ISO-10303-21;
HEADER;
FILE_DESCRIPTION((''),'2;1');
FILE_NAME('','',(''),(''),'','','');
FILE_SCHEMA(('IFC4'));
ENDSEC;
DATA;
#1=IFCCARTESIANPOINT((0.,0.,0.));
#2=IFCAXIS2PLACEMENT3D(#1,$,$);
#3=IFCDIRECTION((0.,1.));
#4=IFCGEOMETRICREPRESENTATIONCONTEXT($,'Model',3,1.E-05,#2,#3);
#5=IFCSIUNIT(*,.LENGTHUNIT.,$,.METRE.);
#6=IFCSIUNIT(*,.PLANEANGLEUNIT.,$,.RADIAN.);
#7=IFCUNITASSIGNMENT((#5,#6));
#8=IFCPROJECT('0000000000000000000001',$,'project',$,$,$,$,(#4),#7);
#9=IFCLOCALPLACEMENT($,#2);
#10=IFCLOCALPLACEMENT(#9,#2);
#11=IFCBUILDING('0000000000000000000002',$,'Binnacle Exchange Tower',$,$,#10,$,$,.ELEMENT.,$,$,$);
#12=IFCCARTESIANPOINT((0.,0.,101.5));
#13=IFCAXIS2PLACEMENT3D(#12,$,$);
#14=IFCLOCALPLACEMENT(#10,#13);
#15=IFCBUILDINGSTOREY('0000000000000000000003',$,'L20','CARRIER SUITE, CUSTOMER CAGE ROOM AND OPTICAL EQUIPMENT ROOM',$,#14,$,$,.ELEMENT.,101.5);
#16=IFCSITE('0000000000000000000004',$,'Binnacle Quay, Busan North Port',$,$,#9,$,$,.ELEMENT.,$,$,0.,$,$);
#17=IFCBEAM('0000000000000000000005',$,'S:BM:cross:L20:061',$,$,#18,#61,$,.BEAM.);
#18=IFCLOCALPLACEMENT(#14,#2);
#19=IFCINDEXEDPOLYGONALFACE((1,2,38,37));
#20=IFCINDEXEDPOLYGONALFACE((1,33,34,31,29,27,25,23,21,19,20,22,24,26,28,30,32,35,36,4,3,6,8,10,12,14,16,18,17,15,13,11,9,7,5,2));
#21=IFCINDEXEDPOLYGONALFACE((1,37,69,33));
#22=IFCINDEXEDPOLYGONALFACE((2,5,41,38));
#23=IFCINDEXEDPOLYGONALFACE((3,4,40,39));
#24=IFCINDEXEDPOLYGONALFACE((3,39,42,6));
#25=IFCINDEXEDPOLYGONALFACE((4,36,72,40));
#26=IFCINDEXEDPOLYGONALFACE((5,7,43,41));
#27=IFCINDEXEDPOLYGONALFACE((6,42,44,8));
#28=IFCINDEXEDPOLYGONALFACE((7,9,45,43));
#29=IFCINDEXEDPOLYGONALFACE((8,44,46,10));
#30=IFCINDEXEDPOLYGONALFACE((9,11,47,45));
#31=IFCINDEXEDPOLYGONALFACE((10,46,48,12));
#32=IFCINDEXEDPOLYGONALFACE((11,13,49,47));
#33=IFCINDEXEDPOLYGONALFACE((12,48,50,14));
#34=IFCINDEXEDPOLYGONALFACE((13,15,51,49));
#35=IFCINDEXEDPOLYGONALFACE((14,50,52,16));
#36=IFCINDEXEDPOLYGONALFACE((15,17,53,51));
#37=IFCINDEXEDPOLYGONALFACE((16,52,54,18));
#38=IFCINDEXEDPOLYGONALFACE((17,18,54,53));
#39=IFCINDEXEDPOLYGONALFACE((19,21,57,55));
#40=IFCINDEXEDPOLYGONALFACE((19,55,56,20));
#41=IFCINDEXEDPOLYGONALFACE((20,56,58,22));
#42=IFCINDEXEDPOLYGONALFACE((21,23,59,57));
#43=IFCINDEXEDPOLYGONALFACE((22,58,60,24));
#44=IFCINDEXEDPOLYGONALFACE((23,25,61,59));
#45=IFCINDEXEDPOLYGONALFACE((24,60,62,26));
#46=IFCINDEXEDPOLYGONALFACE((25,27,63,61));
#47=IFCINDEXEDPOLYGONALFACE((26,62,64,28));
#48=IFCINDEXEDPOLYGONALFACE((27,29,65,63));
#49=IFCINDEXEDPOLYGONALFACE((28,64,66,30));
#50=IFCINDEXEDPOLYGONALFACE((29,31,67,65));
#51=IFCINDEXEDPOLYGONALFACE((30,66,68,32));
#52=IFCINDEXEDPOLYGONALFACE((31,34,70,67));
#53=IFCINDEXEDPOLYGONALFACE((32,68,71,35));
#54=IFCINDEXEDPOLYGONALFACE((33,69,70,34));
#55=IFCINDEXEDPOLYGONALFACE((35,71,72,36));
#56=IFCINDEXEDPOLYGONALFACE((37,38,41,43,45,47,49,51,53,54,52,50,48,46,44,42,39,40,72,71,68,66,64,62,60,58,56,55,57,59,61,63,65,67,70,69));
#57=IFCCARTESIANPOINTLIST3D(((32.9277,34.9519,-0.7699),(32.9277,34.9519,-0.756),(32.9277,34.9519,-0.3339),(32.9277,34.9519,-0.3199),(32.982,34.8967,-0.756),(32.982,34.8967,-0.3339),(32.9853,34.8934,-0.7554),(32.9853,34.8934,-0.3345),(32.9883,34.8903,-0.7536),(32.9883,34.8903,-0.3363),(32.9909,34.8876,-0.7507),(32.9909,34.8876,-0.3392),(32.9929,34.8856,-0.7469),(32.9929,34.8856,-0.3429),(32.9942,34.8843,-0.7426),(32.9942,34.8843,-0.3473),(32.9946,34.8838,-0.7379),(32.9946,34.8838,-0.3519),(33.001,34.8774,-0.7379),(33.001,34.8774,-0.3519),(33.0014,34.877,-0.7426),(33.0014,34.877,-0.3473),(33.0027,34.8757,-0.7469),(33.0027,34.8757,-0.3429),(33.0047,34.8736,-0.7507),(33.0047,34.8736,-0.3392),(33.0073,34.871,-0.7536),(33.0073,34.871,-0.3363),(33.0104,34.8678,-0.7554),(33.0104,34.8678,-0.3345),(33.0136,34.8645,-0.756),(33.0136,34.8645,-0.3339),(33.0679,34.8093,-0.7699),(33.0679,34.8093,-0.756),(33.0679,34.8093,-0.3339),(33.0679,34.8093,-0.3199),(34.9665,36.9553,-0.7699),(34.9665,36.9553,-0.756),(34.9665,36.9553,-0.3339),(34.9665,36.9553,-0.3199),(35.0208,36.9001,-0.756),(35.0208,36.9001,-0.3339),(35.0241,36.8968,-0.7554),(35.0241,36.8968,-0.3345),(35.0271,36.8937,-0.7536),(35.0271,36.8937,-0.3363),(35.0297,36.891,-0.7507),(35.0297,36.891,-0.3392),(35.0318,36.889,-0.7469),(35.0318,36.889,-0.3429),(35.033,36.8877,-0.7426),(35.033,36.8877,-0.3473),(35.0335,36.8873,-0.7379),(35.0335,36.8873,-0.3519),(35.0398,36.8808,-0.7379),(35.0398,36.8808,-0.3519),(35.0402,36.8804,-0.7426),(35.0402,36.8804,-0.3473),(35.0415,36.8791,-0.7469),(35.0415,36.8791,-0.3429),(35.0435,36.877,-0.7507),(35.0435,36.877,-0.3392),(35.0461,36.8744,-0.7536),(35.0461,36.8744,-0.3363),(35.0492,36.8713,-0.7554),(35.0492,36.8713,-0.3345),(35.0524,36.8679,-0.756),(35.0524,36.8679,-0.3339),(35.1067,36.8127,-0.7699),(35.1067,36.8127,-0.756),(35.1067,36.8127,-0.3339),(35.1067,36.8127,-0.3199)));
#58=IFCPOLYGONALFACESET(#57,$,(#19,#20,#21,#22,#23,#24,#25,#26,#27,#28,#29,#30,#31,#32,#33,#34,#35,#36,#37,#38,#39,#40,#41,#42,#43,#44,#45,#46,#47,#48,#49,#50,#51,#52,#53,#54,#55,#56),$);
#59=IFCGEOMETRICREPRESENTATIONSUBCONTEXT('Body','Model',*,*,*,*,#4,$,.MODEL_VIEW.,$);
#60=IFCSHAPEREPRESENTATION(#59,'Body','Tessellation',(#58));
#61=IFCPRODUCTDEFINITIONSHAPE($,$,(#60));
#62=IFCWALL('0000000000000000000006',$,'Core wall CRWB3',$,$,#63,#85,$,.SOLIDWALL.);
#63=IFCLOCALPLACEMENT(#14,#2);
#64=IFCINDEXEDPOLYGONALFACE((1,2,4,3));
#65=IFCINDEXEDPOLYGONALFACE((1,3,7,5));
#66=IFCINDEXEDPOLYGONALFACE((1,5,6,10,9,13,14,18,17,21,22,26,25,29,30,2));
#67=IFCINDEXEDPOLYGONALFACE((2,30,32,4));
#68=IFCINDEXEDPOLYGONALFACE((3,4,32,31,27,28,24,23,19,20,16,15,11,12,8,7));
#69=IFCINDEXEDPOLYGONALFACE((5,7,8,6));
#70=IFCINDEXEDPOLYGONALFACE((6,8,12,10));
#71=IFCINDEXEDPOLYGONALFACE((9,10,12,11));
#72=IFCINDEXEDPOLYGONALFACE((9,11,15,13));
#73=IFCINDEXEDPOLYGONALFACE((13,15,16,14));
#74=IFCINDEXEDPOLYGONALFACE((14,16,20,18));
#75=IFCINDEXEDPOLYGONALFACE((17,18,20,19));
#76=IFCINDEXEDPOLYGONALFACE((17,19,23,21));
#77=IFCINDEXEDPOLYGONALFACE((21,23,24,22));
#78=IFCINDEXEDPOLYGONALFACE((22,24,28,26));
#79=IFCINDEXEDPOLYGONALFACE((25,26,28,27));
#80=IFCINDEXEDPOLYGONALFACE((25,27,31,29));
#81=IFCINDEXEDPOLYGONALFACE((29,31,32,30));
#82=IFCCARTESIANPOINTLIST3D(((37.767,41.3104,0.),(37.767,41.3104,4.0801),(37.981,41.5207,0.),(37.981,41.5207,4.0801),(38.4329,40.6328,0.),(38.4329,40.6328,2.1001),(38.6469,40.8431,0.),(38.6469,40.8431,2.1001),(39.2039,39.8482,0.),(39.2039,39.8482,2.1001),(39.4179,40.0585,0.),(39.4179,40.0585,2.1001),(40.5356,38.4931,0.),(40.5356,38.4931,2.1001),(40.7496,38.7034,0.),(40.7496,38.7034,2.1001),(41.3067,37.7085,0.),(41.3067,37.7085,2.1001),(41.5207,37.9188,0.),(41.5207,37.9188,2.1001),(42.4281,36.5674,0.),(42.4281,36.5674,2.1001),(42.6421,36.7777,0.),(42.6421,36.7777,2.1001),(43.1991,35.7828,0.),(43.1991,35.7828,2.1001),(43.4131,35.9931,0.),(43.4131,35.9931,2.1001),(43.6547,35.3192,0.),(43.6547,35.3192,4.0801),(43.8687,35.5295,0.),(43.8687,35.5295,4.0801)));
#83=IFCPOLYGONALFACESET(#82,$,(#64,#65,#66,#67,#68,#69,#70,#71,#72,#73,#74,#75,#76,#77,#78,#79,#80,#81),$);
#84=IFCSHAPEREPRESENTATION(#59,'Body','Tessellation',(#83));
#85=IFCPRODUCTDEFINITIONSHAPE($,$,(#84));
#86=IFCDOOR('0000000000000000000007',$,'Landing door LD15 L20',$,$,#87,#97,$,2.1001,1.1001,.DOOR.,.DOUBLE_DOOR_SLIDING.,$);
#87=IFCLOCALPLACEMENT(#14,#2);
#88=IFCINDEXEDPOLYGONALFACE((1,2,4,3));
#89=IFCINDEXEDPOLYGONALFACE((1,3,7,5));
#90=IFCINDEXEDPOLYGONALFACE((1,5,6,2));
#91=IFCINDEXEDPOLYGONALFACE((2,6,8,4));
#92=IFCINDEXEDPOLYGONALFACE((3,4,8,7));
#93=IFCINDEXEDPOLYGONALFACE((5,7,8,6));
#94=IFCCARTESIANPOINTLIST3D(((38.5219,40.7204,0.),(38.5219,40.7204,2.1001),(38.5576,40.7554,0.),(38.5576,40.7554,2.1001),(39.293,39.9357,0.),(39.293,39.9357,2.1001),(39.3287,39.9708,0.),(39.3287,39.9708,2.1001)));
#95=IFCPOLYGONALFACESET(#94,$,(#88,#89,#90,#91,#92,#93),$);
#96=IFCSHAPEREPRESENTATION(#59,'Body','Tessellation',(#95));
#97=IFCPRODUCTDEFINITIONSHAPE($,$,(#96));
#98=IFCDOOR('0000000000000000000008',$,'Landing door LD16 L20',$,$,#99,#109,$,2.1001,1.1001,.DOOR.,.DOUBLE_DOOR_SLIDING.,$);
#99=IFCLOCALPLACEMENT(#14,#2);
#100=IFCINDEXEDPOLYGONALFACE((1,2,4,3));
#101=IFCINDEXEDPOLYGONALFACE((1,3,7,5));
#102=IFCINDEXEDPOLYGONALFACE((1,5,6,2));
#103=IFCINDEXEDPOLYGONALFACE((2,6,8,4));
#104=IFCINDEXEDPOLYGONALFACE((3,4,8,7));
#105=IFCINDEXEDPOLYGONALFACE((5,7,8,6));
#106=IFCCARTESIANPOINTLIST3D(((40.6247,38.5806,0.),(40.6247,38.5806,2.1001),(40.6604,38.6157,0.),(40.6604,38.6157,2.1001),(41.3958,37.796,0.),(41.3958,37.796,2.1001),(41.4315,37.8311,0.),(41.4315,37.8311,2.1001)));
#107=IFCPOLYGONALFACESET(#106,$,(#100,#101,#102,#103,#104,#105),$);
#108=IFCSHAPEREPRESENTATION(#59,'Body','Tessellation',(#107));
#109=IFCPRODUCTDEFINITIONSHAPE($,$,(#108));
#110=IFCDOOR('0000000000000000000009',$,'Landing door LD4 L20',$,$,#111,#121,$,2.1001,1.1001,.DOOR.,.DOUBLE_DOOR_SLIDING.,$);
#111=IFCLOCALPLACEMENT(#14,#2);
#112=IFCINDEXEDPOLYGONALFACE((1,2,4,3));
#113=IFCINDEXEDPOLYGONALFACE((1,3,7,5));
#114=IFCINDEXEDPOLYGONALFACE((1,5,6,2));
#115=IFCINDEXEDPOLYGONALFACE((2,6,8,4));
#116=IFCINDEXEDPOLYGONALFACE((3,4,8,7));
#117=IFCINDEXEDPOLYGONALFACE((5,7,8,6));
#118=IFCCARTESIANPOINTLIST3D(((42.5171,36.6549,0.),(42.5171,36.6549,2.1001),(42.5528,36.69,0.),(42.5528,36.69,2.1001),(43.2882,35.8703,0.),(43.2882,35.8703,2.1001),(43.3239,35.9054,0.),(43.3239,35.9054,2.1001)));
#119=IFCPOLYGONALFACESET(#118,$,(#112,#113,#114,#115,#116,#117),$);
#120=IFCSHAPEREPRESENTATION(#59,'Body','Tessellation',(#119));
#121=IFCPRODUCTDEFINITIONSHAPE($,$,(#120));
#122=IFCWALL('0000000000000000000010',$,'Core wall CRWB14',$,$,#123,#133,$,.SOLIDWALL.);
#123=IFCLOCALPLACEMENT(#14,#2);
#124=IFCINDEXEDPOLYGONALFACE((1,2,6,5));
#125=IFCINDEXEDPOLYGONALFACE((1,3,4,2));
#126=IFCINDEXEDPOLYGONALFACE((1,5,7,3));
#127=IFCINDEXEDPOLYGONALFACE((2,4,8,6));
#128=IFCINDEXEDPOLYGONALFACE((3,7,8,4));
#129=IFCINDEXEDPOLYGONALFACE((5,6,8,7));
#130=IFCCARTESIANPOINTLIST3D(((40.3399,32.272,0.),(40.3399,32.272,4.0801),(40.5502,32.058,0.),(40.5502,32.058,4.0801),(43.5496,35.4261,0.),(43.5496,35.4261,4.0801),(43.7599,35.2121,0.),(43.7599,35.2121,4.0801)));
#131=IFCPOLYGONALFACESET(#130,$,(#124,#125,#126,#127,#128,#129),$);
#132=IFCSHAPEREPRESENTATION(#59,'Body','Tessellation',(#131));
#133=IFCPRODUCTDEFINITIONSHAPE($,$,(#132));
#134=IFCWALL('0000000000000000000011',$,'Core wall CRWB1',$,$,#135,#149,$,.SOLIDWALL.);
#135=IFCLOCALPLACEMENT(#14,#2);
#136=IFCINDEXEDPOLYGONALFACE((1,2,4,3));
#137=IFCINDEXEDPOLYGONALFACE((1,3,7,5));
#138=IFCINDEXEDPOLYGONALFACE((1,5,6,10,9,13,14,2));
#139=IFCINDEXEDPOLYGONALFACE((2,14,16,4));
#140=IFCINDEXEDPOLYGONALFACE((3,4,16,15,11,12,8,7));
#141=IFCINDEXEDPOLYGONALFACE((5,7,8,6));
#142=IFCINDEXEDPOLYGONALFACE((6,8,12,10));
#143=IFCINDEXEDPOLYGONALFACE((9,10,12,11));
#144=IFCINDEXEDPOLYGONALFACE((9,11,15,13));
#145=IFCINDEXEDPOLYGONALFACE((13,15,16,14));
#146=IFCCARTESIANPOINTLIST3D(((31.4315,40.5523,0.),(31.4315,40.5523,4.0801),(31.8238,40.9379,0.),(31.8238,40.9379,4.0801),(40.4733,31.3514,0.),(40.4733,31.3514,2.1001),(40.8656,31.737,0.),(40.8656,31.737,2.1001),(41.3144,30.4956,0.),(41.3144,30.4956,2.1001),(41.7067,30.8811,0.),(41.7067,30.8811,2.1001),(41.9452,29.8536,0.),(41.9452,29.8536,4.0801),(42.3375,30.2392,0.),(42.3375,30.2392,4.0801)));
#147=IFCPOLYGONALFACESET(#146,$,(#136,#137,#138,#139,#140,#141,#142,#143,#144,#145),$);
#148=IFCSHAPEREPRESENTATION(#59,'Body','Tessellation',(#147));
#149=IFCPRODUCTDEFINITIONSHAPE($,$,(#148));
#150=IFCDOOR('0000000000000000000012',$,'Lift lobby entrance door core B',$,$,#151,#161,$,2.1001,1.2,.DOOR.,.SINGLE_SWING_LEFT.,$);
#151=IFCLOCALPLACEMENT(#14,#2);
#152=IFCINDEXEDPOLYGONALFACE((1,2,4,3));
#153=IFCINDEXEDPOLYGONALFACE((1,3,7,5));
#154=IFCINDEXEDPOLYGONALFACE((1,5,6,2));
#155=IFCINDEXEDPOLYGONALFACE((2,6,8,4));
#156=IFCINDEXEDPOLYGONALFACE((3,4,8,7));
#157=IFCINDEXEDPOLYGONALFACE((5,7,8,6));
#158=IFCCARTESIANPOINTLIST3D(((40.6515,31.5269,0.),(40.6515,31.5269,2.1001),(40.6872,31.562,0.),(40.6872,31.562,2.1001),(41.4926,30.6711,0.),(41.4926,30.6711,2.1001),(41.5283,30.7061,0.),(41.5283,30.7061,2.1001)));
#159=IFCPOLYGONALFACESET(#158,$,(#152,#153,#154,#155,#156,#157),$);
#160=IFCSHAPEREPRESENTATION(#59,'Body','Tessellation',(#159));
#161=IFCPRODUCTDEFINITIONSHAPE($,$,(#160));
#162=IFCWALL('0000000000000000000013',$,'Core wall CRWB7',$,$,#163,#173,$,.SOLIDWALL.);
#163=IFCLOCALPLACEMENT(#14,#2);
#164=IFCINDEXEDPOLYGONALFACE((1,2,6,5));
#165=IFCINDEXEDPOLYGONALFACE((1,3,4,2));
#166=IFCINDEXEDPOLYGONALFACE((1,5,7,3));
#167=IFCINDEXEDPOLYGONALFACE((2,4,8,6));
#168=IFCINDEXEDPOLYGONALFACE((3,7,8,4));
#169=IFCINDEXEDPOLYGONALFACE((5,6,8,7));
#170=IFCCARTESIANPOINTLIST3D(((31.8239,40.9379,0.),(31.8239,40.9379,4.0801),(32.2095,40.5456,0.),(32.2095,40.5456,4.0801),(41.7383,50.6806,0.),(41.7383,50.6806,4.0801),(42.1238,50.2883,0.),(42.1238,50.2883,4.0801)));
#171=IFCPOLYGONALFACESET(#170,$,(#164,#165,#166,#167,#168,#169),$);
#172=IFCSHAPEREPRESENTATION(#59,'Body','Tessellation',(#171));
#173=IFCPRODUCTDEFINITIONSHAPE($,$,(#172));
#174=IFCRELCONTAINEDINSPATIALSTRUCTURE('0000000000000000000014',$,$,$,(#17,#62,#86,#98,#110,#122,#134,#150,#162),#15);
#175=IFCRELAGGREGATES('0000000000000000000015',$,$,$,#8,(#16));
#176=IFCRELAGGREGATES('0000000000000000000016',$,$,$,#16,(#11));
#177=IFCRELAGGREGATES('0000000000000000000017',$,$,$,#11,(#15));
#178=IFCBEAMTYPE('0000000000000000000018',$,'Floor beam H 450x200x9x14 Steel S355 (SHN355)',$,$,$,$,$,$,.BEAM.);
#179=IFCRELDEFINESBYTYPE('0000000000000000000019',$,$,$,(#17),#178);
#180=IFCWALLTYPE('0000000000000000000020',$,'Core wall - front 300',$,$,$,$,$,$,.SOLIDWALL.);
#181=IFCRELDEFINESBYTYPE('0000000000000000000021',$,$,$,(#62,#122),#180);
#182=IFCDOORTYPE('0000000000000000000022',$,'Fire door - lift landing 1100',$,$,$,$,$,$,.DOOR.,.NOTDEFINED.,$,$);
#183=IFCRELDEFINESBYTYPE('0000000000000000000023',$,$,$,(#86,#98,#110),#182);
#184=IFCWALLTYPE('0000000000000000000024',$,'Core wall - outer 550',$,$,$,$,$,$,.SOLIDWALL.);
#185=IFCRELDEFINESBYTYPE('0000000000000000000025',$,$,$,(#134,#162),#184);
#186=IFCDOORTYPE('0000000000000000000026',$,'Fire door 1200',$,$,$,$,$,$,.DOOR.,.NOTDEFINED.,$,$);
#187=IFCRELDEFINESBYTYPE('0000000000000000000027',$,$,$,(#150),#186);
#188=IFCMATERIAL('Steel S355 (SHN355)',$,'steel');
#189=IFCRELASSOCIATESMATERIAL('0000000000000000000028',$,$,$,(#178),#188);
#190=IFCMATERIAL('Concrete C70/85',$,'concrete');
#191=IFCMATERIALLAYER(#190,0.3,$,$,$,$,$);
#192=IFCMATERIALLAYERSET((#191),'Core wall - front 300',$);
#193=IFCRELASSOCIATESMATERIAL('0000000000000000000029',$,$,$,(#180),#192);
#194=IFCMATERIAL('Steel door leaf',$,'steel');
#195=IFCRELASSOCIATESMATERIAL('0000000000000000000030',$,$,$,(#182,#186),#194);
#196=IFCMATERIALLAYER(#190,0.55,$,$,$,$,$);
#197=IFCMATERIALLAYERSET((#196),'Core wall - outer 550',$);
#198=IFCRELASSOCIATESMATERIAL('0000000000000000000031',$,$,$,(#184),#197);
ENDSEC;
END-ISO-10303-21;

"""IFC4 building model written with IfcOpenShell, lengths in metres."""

from ifc_helpers import new_model, si_unit, direction, frame, frame_2d, origin, origin_2d, place, context, subcontext, project, spatial, rectangle, i_section, extrude, material, layer, layer_set, material_profile, profile_set, type_object, element, fill, save


model = new_model("IFC4")

# Units and contexts
model_context = context("Model", 3, precision=1e-05, world=origin(), true_north=direction((0.0, 1.0)))
body_context = subcontext(model_context, "Body", "Model", "MODEL_VIEW")
ifc_project = project(units=[si_unit("LENGTHUNIT", "METRE"), si_unit("PLANEANGLEUNIT", "RADIAN")], contexts=[model_context])

# Site, building, storey
site_placement = place(None, origin())
site = spatial("IfcSite", under=ifc_project, at=site_placement, Name="Binnacle Quay, Busan North Port", CompositionType="ELEMENT", RefElevation=0.0)
building_placement = place(site_placement, origin())
building = spatial("IfcBuilding", under=site, at=building_placement, Name="Binnacle Exchange Tower", CompositionType="ELEMENT")
storey_placement = place(building_placement, frame((0.0, 0.0, 101.5)))
storey = spatial("IfcBuildingStorey", under=building, at=storey_placement, Name="L20", Description="CARRIER SUITE, CUSTOMER CAGE ROOM AND OPTICAL EQUIPMENT ROOM", CompositionType="ELEMENT", Elevation=101.5)

# Shared definitions
ifc_material_1 = material(Name="Concrete C70/85", Category="concrete")

# Beam
ifc_material_2 = material(Name="Steel S355 (SHN355)", Category="steel")
ifc_material_profile_1 = material_profile(ifc_material_2, i_section(OverallWidth=0.2, OverallDepth=0.45, WebThickness=0.009, FlangeThickness=0.0139, FilletRadius=0.0181, at=origin_2d()), Name="H 450x200x9x14")
ifc_profile_set_1 = profile_set([ifc_material_profile_1], Name="Steel S355 (SHN355)")
beam_type_1 = type_object("IfcBeamType", Name="Floor beam H 450x200x9x14 Steel S355 (SHN355)", PredefinedType="BEAM", material=ifc_profile_set_1)
beam_1_placement = place(storey_placement, frame((32.9978, 34.8806, -0.5449), z_axis=(0.713272, 0.700887, 0.0), x_axis=(-0.700887, 0.713272, 0.0)))
element("IfcBeam", 1, at=beam_1_placement, inside=storey, type_object=beam_type_1, Name="S:BM:cross:L20:061", PredefinedType="BEAM", context=body_context, shape_type="SweptSolid", body=[
    extrude(i_section(OverallWidth=0.2, OverallDepth=0.45, WebThickness=0.009, FlangeThickness=0.0139, FilletRadius=0.0181, at=origin_2d()), origin(), (0.0, 0.0, 1.0), 2.8584),
])

# Wall, openings, doors
ifc_layer_1 = layer(ifc_material_1, 0.3)
ifc_layer_set_1 = layer_set([ifc_layer_1], Name="Core wall - front 300")
wall_type_1 = type_object("IfcWallType", Name="Core wall - front 300", PredefinedType="SOLIDWALL", material=ifc_layer_set_1)
wall_1_placement = place(storey_placement, frame((37.874, 41.4155, 0.0), z_axis=(0.0, 0.0, 1.0), x_axis=(0.700918, -0.713242, 0.0)))
wall_1 = element("IfcWall", 2, at=wall_1_placement, inside=storey, type_object=wall_type_1, Name="Core wall CRWB3", PredefinedType="SOLIDWALL", context=body_context, shape_type="SweptSolid", body=[
    extrude(rectangle(XDim=8.3999, YDim=0.3, at=frame_2d((4.2, 0.0))), origin(), (0.0, 0.0, 1.0), 4.0801),
])
opening_1_placement = place(wall_1_placement, frame((0.95, 0.0, 0.0)))
opening_1 = element("IfcOpeningElement", 3, at=opening_1_placement, cuts=wall_1, PredefinedType="OPENING", context=body_context, shape_type="SweptSolid", body=[
    extrude(rectangle(XDim=1.1001, YDim=2.1001, at=frame_2d((0.55, 1.05))), frame((0.0, 0.1599, 0.0), z_axis=(0.0, -1.0, 0.0), x_axis=(1.0, 0.0, 0.0)), (0.0, 0.0, 1.0), 0.3201),
])
opening_2_placement = place(wall_1_placement, frame((3.95, 0.0, 0.0)))
opening_2 = element("IfcOpeningElement", 4, at=opening_2_placement, cuts=wall_1, PredefinedType="OPENING", context=body_context, shape_type="SweptSolid", body=[
    extrude(rectangle(XDim=1.1001, YDim=2.1001, at=frame_2d((0.55, 1.05))), frame((0.0, 0.1599, 0.0), z_axis=(0.0, -1.0, 0.0), x_axis=(1.0, 0.0, 0.0)), (0.0, 0.0, 1.0), 0.3201),
])
opening_3_placement = place(wall_1_placement, frame((6.6499, 0.0, 0.0)))
opening_3 = element("IfcOpeningElement", 5, at=opening_3_placement, cuts=wall_1, PredefinedType="OPENING", context=body_context, shape_type="SweptSolid", body=[
    extrude(rectangle(XDim=1.1001, YDim=2.1001, at=frame_2d((0.55, 1.05))), frame((0.0, 0.1599, 0.0), z_axis=(0.0, -1.0, 0.0), x_axis=(1.0, 0.0, 0.0)), (0.0, 0.0, 1.0), 0.3201),
])
ifc_material_3 = material(Name="Steel door leaf", Category="steel")
door_type_1 = type_object("IfcDoorType", Name="Fire door - lift landing 1100", OperationType="NOTDEFINED", PredefinedType="DOOR", material=ifc_material_3)
door_1_placement = place(opening_1_placement, origin())
door_1 = element("IfcDoor", 6, at=door_1_placement, inside=storey, type_object=door_type_1, Name="Landing door LD15 L20", OperationType="DOUBLE_DOOR_SLIDING", OverallHeight=2.1001, OverallWidth=1.1001, PredefinedType="DOOR", context=body_context, shape_type="SweptSolid", body=[
    extrude(rectangle(XDim=1.1001, YDim=2.1001, at=frame_2d((0.55, 1.05))), frame((0.0, 0.0249, 0.0), z_axis=(0.0, -1.0, 0.0), x_axis=(1.0, 0.0, 0.0)), (0.0, 0.0, 1.0), 0.05),
])
fill(opening_1, door_1)
door_2_placement = place(opening_2_placement, origin())
door_2 = element("IfcDoor", 7, at=door_2_placement, inside=storey, type_object=door_type_1, Name="Landing door LD16 L20", OperationType="DOUBLE_DOOR_SLIDING", OverallHeight=2.1001, OverallWidth=1.1001, PredefinedType="DOOR", context=body_context, shape_type="SweptSolid", body=[
    extrude(rectangle(XDim=1.1001, YDim=2.1001, at=frame_2d((0.55, 1.05))), frame((0.0, 0.0249, 0.0), z_axis=(0.0, -1.0, 0.0), x_axis=(1.0, 0.0, 0.0)), (0.0, 0.0, 1.0), 0.05),
])
fill(opening_2, door_2)
door_3_placement = place(opening_3_placement, origin())
door_3 = element("IfcDoor", 8, at=door_3_placement, inside=storey, type_object=door_type_1, Name="Landing door LD4 L20", OperationType="DOUBLE_DOOR_SLIDING", OverallHeight=2.1001, OverallWidth=1.1001, PredefinedType="DOOR", context=body_context, shape_type="SweptSolid", body=[
    extrude(rectangle(XDim=1.1001, YDim=2.1001, at=frame_2d((0.55, 1.05))), frame((0.0, 0.0249, 0.0), z_axis=(0.0, -1.0, 0.0), x_axis=(1.0, 0.0, 0.0)), (0.0, 0.0, 1.0), 0.05),
])
fill(opening_3, door_3)

# Wall
wall_2_placement = place(storey_placement, frame((40.4451, 32.165, 0.0), z_axis=(0.0, 0.0, 1.0), x_axis=(0.713265, 0.700895, 0.0)))
element("IfcWall", 9, at=wall_2_placement, inside=storey, type_object=wall_type_1, Name="Core wall CRWB14", PredefinedType="SOLIDWALL", context=body_context, shape_type="SweptSolid", body=[
    extrude(rectangle(XDim=4.5, YDim=0.3, at=frame_2d((2.25, 0.0))), origin(), (0.0, 0.0, 1.0), 4.0801),
])

# Wall, opening, door
ifc_layer_2 = layer(ifc_material_1, 0.55)
ifc_layer_set_2 = layer_set([ifc_layer_2], Name="Core wall - outer 550")
wall_type_2 = type_object("IfcWallType", Name="Core wall - outer 550", PredefinedType="SOLIDWALL", material=ifc_layer_set_2)
wall_3_placement = place(storey_placement, frame((31.6277, 40.7451, 0.0), z_axis=(0.0, 0.0, 1.0), x_axis=(0.700911, -0.713248, 0.0)))
wall_3 = element("IfcWall", 10, at=wall_3_placement, inside=storey, type_object=wall_type_2, Name="Core wall CRWB1", PredefinedType="SOLIDWALL", context=body_context, shape_type="SweptSolid", body=[
    extrude(rectangle(XDim=15.0, YDim=0.55, at=frame_2d((7.5, 0.0))), origin(), (0.0, 0.0, 1.0), 4.0801),
])
opening_4_placement = place(wall_3_placement, frame((12.8999, 0.0, 0.0)))
opening_4 = element("IfcOpeningElement", 11, at=opening_4_placement, cuts=wall_3, PredefinedType="OPENING", context=body_context, shape_type="SweptSolid", body=[
    extrude(rectangle(XDim=1.2, YDim=2.1001, at=frame_2d((0.6001, 1.05))), frame((0.0, 0.2849, 0.0), z_axis=(0.0, -1.0, 0.0), x_axis=(1.0, 0.0, 0.0)), (0.0, 0.0, 1.0), 0.5701),
])
door_type_2 = type_object("IfcDoorType", Name="Fire door 1200", OperationType="NOTDEFINED", PredefinedType="DOOR", material=ifc_material_3)
door_4_placement = place(opening_4_placement, frame((1.2, 0.0, 0.0), z_axis=(0.0, 0.0, 1.0), x_axis=(-1.0, 0.0, 0.0)))
door_4 = element("IfcDoor", 12, at=door_4_placement, inside=storey, type_object=door_type_2, Name="Lift lobby entrance door core B", OperationType="SINGLE_SWING_LEFT", OverallHeight=2.1001, OverallWidth=1.2, PredefinedType="DOOR", context=body_context, shape_type="SweptSolid", body=[
    extrude(rectangle(XDim=1.2, YDim=2.1001, at=frame_2d((0.6001, 1.05))), frame((0.0, 0.0249, 0.0), z_axis=(0.0, -1.0, 0.0), x_axis=(1.0, 0.0, 0.0)), (0.0, 0.0, 1.0), 0.05),
])
fill(opening_4, door_4)

# Wall
wall_4_placement = place(storey_placement, frame((32.0166, 40.7417, 0.0), z_axis=(0.0, 0.0, 1.0), x_axis=(0.713254, 0.700906, 0.0)))
element("IfcWall", 13, at=wall_4_placement, inside=storey, type_object=wall_type_2, Name="Core wall CRWB7", PredefinedType="SOLIDWALL", context=body_context, shape_type="SweptSolid", body=[
    extrude(rectangle(XDim=13.9001, YDim=0.55, at=frame_2d((6.9502, 0.0))), origin(), (0.0, 0.0, 1.0), 4.0801),
])

save(model, "model.ifc")
